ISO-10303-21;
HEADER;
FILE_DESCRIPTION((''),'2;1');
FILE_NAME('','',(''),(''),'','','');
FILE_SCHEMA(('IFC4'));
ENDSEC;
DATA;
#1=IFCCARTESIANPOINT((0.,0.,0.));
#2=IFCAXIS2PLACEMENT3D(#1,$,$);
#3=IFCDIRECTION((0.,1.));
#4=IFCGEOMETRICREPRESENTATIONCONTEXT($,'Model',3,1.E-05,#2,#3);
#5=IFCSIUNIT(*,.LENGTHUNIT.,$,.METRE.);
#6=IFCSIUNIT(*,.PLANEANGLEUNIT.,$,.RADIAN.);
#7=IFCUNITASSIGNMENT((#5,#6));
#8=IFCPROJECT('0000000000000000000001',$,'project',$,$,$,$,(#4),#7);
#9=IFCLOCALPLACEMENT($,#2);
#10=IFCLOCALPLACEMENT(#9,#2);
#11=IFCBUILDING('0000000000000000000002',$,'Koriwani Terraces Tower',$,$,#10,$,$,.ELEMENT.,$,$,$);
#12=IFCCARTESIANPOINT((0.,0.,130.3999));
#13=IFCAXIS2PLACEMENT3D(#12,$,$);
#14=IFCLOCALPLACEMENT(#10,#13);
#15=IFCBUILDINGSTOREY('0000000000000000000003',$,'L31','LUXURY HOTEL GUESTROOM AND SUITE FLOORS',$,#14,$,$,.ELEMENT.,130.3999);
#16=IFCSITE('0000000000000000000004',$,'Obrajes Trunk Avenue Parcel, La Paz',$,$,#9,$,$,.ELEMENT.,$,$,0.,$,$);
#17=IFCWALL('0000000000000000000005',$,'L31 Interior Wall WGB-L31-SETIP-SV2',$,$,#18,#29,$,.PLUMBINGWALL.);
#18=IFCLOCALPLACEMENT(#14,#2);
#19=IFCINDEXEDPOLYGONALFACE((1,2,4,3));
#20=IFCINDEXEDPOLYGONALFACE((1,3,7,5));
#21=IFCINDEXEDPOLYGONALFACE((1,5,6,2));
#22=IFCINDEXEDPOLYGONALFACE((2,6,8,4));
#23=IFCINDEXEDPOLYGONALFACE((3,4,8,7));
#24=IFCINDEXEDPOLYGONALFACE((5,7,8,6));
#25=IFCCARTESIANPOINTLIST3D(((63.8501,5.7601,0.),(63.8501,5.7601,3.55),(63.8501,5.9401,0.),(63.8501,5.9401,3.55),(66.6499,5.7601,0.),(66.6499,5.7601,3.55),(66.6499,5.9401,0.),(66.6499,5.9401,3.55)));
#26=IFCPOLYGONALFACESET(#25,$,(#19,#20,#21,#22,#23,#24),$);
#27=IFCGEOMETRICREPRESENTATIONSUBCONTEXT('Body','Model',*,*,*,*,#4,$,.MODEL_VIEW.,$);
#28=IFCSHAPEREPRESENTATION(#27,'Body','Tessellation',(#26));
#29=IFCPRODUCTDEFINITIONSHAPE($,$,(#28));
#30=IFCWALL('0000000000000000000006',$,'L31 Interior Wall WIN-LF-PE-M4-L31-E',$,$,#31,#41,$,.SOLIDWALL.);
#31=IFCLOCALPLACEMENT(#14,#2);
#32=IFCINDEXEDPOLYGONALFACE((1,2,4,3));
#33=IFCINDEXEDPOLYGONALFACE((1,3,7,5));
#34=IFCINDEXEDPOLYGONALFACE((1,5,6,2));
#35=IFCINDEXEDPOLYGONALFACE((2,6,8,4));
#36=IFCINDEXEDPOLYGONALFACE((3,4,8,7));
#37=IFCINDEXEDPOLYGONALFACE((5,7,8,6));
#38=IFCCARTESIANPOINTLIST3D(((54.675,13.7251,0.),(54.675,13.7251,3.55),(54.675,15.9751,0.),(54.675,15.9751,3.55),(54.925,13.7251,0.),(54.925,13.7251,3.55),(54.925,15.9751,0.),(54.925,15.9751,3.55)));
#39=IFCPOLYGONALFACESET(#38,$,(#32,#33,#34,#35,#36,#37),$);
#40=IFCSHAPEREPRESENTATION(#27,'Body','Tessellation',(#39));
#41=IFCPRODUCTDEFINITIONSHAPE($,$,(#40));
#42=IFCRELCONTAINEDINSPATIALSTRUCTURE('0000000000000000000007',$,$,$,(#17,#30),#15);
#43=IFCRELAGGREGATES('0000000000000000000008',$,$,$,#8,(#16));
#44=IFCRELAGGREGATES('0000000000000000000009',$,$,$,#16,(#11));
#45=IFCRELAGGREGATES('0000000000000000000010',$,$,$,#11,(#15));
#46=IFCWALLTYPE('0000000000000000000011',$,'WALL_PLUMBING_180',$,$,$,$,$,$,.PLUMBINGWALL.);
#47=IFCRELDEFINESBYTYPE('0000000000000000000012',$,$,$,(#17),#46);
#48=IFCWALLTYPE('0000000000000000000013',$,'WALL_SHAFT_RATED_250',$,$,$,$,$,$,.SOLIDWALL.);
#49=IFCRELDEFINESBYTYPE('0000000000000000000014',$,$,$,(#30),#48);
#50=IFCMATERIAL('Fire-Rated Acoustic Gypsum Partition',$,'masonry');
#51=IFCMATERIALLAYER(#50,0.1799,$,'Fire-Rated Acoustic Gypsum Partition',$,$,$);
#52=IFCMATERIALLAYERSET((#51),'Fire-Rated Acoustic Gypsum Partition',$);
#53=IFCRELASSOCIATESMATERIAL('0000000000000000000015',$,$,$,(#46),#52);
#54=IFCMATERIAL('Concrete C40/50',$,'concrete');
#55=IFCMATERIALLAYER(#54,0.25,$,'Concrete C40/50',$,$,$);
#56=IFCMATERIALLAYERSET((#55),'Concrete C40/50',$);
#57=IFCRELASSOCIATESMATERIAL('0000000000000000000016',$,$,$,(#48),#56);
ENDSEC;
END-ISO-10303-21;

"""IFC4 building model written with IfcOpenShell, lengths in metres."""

from ifc_helpers import new_model, si_unit, direction, frame, frame_2d, origin, place, context, subcontext, project, spatial, rectangle, extrude, material, layer, layer_set, type_object, element, save


model = new_model("IFC4")

# Units and contexts
model_context = context("Model", 3, precision=1e-05, world=origin(), true_north=direction((0.0, 1.0)))
body_context = subcontext(model_context, "Body", "Model", "MODEL_VIEW")
ifc_project = project(units=[si_unit("LENGTHUNIT", "METRE"), si_unit("PLANEANGLEUNIT", "RADIAN")], contexts=[model_context])

# Site, building, storey
site_placement = place(None, origin())
site = spatial("IfcSite", under=ifc_project, at=site_placement, Name="Obrajes Trunk Avenue Parcel, La Paz", CompositionType="ELEMENT", RefElevation=0.0)
building_placement = place(site_placement, origin())
building = spatial("IfcBuilding", under=site, at=building_placement, Name="Koriwani Terraces Tower", CompositionType="ELEMENT")
storey_placement = place(building_placement, frame((0.0, 0.0, 130.3999)))
storey = spatial("IfcBuildingStorey", under=building, at=storey_placement, Name="L31", Description="LUXURY HOTEL GUESTROOM AND SUITE FLOORS", CompositionType="ELEMENT", Elevation=130.3999)

# Shared definitions
ifc_material_1 = material(Name="Concrete C40/50", Category="concrete")

# Walls
ifc_material_2 = material(Name="Fire-Rated Acoustic Gypsum Partition", Category="masonry")
ifc_layer_1 = layer(ifc_material_2, 0.1799, Name="Fire-Rated Acoustic Gypsum Partition")
ifc_layer_set_1 = layer_set([ifc_layer_1], Name="Fire-Rated Acoustic Gypsum Partition")
wall_type_1 = type_object("IfcWallType", Name="WALL_PLUMBING_180", PredefinedType="PLUMBINGWALL", material=ifc_layer_set_1)
wall_1_placement = place(storey_placement, frame((63.8501, 5.8501, 0.0), z_axis=(0.0, 0.0, 1.0), x_axis=(1.0, 0.0, 0.0)))
element("IfcWall", 1, at=wall_1_placement, inside=storey, type_object=wall_type_1, Name="L31 Interior Wall WGB-L31-SETIP-SV2", PredefinedType="PLUMBINGWALL", context=body_context, shape_type="SweptSolid", body=[
    extrude(rectangle(XDim=2.7998, YDim=0.1799, at=frame_2d((1.3999, 0.0))), origin(), (0.0, 0.0, 1.0), 3.55),
])
ifc_layer_2 = layer(ifc_material_1, 0.25, Name="Concrete C40/50")
ifc_layer_set_2 = layer_set([ifc_layer_2], Name="Concrete C40/50")
wall_type_2 = type_object("IfcWallType", Name="WALL_SHAFT_RATED_250", PredefinedType="SOLIDWALL", material=ifc_layer_set_2)
wall_2_placement = place(storey_placement, frame((54.8, 13.7251, 0.0), z_axis=(0.0, 0.0, 1.0), x_axis=(0.0, 1.0, 0.0)))
element("IfcWall", 2, at=wall_2_placement, inside=storey, type_object=wall_type_2, Name="L31 Interior Wall WIN-LF-PE-M4-L31-E", PredefinedType="SOLIDWALL", context=body_context, shape_type="SweptSolid", body=[
    extrude(rectangle(XDim=2.25, YDim=0.25, at=frame_2d((1.125, 0.0))), origin(), (0.0, 0.0, 1.0), 3.55),
])

save(model, "model.ifc")
